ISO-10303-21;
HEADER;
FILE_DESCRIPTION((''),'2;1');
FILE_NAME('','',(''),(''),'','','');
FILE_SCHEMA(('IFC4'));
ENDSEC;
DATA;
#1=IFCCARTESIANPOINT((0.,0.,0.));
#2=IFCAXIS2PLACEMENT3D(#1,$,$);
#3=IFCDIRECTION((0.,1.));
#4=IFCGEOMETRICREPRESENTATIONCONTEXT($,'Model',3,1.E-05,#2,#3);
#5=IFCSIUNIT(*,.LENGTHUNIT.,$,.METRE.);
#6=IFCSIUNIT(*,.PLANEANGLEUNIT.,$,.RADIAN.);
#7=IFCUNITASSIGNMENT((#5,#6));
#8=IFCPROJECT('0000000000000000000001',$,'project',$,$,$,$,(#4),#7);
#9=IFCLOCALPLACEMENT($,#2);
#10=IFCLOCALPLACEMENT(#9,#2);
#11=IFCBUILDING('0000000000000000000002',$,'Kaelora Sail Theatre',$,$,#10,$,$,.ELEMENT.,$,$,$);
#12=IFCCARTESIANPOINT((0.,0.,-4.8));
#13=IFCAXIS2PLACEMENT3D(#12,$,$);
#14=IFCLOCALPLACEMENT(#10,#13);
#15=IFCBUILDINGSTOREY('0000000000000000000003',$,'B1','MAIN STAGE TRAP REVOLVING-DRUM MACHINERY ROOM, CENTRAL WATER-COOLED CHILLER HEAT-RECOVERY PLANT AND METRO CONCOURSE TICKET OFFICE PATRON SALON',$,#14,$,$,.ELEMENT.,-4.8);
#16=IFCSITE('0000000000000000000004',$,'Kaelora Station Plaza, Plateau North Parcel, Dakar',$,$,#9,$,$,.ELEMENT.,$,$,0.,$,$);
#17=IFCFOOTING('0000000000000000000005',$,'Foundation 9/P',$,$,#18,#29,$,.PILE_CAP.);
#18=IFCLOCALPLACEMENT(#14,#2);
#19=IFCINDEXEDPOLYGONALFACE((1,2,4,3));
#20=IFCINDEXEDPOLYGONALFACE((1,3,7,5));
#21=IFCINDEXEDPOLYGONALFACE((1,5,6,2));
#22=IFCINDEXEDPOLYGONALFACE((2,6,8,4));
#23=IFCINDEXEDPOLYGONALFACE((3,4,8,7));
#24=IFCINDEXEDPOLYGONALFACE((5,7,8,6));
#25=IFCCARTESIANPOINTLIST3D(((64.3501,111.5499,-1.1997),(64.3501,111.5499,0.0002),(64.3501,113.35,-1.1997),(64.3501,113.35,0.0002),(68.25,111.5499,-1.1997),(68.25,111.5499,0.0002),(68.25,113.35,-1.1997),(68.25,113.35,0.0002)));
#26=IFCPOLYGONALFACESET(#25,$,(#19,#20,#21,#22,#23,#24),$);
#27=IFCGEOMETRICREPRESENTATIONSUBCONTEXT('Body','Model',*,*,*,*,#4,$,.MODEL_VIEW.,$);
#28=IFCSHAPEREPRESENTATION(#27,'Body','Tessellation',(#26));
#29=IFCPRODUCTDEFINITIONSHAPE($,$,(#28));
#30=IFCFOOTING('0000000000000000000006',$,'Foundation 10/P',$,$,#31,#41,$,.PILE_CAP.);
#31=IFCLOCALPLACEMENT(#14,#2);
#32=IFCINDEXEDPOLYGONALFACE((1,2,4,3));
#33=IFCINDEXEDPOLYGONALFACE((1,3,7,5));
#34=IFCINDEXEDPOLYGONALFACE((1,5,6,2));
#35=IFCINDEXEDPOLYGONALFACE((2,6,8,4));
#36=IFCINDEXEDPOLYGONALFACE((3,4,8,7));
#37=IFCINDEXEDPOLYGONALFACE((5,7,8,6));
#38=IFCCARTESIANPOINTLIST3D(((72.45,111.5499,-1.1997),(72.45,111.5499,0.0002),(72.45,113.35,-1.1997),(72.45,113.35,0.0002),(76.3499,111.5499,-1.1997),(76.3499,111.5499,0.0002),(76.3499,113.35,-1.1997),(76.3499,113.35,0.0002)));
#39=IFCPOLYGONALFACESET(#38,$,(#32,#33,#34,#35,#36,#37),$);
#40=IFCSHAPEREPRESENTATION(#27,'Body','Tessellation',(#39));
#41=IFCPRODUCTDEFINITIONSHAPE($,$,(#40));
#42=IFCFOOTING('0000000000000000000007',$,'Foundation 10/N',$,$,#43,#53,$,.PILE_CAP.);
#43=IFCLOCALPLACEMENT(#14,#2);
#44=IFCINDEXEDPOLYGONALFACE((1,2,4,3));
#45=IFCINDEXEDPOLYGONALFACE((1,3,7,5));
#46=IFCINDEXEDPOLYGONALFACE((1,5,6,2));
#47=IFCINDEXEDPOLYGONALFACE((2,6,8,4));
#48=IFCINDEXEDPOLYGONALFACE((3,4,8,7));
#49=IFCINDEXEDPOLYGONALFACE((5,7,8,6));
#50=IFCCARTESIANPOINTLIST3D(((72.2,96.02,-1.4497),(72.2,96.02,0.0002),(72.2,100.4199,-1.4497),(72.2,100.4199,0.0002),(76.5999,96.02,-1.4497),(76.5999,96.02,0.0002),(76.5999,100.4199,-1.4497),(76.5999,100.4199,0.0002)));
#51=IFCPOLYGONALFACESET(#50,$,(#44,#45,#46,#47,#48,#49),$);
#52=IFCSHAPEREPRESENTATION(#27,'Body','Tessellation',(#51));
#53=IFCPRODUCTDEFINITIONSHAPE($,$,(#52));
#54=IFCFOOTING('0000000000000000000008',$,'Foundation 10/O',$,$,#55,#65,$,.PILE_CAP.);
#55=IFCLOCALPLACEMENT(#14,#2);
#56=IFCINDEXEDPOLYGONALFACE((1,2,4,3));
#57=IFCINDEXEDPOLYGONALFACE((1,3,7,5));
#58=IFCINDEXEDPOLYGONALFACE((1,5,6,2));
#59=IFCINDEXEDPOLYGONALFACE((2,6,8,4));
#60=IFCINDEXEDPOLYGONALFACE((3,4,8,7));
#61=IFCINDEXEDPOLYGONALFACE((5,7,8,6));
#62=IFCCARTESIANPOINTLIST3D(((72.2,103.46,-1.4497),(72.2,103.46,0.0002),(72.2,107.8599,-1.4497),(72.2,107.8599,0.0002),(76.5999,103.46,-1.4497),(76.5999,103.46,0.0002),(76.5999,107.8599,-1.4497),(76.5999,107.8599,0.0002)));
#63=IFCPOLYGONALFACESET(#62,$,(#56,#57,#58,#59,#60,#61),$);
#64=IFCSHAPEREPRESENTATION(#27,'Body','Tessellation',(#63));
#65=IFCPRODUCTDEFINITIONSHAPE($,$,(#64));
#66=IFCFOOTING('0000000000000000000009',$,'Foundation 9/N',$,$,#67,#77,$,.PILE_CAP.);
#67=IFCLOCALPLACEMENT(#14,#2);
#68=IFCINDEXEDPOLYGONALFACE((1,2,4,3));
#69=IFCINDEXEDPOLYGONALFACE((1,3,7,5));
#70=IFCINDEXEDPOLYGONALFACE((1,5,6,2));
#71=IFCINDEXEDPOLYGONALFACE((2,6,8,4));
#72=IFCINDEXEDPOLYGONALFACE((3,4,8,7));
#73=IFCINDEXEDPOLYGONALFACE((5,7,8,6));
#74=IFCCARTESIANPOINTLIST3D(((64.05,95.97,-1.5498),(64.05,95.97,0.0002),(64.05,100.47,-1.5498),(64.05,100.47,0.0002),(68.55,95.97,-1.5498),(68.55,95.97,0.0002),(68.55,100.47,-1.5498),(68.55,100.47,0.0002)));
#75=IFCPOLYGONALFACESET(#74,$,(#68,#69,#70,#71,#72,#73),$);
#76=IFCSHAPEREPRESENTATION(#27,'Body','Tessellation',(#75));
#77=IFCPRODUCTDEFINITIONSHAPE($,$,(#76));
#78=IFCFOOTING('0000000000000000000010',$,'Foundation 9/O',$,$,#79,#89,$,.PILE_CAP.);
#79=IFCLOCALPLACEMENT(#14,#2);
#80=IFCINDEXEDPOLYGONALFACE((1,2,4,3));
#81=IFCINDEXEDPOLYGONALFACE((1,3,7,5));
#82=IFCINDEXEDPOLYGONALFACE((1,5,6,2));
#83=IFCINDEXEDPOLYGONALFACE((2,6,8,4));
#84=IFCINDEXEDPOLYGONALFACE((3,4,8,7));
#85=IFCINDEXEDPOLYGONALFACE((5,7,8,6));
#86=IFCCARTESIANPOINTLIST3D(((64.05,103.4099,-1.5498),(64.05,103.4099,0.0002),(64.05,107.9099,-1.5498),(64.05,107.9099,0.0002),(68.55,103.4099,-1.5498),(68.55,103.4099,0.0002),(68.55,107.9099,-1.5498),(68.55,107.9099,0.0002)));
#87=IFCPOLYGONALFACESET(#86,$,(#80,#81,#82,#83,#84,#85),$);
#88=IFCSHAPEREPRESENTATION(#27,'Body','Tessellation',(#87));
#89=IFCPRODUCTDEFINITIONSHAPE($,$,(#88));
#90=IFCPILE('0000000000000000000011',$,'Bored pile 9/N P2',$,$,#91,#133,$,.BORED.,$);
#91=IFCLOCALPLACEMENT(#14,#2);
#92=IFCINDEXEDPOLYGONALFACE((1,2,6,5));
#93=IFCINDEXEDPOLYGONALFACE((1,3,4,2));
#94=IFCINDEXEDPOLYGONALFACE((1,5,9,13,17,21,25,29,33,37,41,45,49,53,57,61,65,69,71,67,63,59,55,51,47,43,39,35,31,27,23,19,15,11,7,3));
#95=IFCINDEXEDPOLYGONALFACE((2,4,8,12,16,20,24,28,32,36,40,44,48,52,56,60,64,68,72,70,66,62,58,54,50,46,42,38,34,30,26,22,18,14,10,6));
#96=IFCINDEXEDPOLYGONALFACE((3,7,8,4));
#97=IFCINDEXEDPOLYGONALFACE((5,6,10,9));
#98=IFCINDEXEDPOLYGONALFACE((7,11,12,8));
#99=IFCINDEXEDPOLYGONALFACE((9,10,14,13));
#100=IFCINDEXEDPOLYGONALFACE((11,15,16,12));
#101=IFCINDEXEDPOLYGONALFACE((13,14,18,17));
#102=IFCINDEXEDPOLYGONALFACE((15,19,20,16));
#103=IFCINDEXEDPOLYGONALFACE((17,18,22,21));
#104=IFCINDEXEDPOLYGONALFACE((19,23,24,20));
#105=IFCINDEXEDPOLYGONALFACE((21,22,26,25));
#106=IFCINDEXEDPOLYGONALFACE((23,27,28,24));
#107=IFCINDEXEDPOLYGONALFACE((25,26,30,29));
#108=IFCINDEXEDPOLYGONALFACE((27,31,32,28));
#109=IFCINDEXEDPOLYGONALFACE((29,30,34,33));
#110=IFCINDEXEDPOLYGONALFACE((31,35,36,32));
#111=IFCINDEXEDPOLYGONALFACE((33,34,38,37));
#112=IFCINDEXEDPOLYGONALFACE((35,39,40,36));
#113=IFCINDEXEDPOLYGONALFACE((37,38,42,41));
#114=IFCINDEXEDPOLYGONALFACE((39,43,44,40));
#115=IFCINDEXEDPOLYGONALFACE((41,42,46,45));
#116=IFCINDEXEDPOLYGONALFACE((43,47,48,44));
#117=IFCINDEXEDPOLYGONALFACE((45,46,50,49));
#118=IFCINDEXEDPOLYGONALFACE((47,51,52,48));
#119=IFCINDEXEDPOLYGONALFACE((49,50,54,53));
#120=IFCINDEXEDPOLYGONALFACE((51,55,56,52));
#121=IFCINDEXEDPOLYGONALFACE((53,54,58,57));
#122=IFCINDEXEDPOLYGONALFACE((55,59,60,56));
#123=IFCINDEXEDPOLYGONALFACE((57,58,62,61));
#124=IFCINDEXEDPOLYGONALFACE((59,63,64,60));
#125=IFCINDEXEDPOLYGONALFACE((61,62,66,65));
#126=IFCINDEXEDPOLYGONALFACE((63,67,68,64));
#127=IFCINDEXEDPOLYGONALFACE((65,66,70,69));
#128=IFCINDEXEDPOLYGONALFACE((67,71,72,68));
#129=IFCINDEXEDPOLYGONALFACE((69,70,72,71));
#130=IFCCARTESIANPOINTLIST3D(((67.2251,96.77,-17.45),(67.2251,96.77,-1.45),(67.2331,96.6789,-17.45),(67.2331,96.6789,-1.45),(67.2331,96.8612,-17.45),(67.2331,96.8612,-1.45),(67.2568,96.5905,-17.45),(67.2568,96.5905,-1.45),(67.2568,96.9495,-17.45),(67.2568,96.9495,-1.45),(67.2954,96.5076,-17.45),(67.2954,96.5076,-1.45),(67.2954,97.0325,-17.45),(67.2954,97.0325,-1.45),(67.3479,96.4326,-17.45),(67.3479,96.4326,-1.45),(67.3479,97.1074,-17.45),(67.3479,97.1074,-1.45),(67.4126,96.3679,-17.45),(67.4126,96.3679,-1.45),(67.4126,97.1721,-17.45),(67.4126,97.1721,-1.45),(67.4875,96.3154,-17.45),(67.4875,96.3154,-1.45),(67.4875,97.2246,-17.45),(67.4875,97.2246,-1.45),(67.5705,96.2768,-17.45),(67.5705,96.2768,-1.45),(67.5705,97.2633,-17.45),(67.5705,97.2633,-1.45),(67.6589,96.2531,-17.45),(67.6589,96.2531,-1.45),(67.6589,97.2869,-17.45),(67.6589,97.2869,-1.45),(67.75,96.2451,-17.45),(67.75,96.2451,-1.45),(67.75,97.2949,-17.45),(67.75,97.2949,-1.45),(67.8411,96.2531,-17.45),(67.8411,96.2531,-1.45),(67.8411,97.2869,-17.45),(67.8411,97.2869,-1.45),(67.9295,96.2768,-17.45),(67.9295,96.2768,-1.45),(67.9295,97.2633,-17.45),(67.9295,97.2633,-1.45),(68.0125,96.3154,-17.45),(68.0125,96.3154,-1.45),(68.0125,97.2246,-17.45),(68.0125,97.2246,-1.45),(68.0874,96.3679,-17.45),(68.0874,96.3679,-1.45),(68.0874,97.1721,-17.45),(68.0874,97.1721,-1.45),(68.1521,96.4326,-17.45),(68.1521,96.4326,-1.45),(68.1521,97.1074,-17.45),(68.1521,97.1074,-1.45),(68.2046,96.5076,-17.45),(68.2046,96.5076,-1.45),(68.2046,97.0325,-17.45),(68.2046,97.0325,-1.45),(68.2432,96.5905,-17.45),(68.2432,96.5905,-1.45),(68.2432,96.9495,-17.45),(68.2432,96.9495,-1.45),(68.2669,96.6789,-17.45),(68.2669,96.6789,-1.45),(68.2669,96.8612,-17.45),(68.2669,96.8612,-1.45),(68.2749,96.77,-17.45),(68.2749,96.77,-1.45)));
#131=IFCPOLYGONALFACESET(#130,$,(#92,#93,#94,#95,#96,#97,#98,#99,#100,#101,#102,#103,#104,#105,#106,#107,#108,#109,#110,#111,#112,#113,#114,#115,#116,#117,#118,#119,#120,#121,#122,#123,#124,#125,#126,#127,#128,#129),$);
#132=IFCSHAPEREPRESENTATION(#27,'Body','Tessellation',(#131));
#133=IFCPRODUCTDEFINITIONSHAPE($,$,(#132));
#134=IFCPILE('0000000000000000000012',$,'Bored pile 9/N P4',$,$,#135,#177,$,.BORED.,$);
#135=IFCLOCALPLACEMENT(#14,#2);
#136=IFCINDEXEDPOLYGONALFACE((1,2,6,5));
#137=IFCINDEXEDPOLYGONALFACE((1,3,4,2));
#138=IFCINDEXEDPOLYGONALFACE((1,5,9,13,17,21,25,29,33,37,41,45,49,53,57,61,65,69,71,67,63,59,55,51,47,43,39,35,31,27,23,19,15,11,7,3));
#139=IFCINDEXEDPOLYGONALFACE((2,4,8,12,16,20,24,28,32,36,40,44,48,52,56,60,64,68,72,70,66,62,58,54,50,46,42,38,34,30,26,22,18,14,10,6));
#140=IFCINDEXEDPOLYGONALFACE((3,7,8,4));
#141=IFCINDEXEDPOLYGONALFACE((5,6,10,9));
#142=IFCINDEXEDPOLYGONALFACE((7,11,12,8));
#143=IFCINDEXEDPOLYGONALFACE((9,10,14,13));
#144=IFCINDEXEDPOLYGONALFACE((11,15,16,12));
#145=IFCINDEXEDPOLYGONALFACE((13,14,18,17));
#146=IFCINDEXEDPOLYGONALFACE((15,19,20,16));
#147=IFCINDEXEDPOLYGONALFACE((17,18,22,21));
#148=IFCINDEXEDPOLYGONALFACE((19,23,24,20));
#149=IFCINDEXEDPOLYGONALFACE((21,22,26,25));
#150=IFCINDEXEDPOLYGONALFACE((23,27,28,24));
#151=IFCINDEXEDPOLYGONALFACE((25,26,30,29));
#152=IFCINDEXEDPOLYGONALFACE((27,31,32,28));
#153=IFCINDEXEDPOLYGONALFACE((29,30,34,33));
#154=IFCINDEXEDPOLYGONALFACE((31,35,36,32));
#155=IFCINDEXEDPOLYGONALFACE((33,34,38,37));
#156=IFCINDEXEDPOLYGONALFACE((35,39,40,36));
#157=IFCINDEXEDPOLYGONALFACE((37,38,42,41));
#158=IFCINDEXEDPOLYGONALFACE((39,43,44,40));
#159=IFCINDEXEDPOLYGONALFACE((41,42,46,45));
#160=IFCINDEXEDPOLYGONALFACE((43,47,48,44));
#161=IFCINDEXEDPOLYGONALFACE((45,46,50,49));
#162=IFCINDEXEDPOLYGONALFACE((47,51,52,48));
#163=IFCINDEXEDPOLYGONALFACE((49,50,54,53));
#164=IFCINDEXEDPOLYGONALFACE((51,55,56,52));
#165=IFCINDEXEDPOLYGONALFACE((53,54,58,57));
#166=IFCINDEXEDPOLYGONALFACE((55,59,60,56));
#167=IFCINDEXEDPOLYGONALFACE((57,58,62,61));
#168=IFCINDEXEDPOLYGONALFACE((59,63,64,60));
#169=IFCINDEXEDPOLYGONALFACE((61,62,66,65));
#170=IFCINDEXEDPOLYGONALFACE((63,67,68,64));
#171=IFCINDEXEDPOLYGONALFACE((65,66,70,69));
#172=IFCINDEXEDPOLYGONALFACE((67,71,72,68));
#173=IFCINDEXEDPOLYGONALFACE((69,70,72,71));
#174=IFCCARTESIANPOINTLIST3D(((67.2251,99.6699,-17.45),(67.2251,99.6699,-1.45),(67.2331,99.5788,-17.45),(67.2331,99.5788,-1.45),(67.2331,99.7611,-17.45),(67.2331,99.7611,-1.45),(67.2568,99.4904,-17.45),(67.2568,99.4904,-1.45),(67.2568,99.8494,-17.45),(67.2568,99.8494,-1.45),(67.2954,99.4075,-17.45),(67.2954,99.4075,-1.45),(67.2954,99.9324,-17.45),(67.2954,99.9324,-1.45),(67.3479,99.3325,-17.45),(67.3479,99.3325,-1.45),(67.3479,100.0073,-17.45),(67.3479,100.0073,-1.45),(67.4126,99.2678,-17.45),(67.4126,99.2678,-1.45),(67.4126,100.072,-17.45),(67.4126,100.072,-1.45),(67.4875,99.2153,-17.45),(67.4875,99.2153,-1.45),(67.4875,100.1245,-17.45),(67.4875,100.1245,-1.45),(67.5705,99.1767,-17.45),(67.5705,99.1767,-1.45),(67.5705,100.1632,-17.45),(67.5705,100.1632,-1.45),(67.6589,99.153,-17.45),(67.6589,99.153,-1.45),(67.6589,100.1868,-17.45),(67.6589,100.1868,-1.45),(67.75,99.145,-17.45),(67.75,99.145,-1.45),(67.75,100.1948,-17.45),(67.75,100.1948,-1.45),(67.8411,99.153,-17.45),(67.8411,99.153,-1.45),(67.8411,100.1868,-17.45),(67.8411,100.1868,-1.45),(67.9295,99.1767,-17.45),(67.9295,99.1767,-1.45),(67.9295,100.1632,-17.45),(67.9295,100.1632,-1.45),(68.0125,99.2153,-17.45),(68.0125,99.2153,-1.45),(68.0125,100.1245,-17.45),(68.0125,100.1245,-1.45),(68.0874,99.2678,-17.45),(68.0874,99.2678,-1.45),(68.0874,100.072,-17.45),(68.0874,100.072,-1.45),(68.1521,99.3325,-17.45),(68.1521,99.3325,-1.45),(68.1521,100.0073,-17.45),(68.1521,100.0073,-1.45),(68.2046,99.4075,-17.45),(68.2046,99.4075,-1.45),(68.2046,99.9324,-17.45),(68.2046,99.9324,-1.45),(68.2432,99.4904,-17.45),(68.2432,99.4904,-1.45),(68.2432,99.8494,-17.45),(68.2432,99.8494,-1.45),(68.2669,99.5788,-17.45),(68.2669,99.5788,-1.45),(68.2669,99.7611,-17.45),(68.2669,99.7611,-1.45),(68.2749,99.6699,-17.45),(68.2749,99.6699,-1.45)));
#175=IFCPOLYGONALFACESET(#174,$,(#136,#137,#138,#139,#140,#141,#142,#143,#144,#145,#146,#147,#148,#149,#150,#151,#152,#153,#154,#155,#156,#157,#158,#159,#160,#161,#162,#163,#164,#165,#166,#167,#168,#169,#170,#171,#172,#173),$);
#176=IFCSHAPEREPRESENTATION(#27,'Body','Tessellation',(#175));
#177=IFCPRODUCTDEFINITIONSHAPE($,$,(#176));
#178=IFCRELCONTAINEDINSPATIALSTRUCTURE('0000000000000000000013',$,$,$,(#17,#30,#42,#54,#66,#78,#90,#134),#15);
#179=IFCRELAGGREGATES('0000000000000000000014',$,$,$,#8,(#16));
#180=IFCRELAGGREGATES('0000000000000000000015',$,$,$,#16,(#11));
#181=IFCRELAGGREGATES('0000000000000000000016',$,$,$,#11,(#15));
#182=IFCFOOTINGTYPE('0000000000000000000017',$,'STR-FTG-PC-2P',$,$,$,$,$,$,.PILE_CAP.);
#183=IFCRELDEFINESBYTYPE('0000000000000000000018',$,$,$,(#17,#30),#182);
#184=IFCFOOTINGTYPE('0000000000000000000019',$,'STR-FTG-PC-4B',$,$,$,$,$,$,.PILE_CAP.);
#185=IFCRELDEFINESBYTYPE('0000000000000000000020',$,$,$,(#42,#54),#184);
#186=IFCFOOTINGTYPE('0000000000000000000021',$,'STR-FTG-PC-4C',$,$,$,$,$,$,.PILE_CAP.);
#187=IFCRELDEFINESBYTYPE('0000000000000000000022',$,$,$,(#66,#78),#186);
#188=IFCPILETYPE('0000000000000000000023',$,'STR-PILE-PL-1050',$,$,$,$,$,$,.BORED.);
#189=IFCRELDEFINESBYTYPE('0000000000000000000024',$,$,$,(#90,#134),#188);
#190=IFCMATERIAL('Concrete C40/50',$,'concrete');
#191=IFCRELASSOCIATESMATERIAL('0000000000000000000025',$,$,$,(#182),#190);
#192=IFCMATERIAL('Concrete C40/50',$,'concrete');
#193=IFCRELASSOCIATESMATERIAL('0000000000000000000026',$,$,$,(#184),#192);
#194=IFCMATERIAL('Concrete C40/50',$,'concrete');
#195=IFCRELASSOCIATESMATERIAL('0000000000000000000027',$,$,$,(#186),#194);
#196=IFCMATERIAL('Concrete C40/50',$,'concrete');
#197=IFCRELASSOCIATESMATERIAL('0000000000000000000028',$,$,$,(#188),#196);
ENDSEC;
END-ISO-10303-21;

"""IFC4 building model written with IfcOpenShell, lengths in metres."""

from ifc_helpers import new_model, si_unit, direction, frame, origin, origin_2d, place, context, subcontext, project, spatial, rectangle, circle, extrude, material, material_profile, profile_set, type_object, element, save


model = new_model("IFC4")

# Units and contexts
model_context = context("Model", 3, precision=1e-05, world=origin(), true_north=direction((0.0, 1.0)))
body_context = subcontext(model_context, "Body", "Model", "MODEL_VIEW")
ifc_project = project(units=[si_unit("LENGTHUNIT", "METRE"), si_unit("PLANEANGLEUNIT", "RADIAN")], contexts=[model_context])

# Site, building, storey
site_placement = place(None, origin())
site = spatial("IfcSite", under=ifc_project, at=site_placement, Name="Kaelora Station Plaza, Plateau North Parcel, Dakar", CompositionType="ELEMENT", RefElevation=0.0)
building_placement = place(site_placement, origin())
building = spatial("IfcBuilding", under=site, at=building_placement, Name="Kaelora Sail Theatre", CompositionType="ELEMENT")
storey_placement = place(building_placement, frame((0.0, 0.0, -4.8)))
storey = spatial("IfcBuildingStorey", under=building, at=storey_placement, Name="B1", Description="MAIN STAGE TRAP REVOLVING-DRUM MACHINERY ROOM, CENTRAL WATER-COOLED CHILLER HEAT-RECOVERY PLANT AND METRO CONCOURSE TICKET OFFICE PATRON SALON", CompositionType="ELEMENT", Elevation=-4.8)

# Footings
ifc_material_1 = material(Name="Concrete C40/50", Category="concrete")
footing_type_1 = type_object("IfcFootingType", Name="STR-FTG-PC-2P", PredefinedType="PILE_CAP", material=ifc_material_1)
for number, where, z_axis, x_axis, name in (
    (1, (66.3, 112.45, -1.1997), (0.0, 0.0, 1.0), (1.0, 0.0, 0.0), "Foundation 9/P"),
    (2, (74.3999, 112.45, -1.1997), (0.0, 0.0, 1.0), (1.0, 0.0, 0.0), "Foundation 10/P"),
):
    element("IfcFooting", number, at=place(storey_placement, frame(where, z_axis=z_axis, x_axis=x_axis)), inside=storey, type_object=footing_type_1, Name=name, PredefinedType="PILE_CAP", context=body_context, shape_type="SweptSolid", body=[
        extrude(rectangle(XDim=3.8999, YDim=1.8, at=origin_2d()), origin(), (0.0, 0.0, 1.0), 1.2),
    ])
ifc_material_2 = material(Name="Concrete C40/50", Category="concrete")
footing_type_2 = type_object("IfcFootingType", Name="STR-FTG-PC-4B", PredefinedType="PILE_CAP", material=ifc_material_2)
for number, where, z_axis, x_axis, name in (
    (3, (74.3999, 98.22, -1.4497), (0.0, 0.0, 1.0), (1.0, 0.0, 0.0), "Foundation 10/N"),
    (4, (74.3999, 105.6599, -1.4497), (0.0, 0.0, 1.0), (1.0, 0.0, 0.0), "Foundation 10/O"),
):
    element("IfcFooting", number, at=place(storey_placement, frame(where, z_axis=z_axis, x_axis=x_axis)), inside=storey, type_object=footing_type_2, Name=name, PredefinedType="PILE_CAP", context=body_context, shape_type="SweptSolid", body=[
        extrude(rectangle(XDim=4.3999, YDim=4.3999, at=origin_2d()), origin(), (0.0, 0.0, 1.0), 1.45),
    ])
ifc_material_3 = material(Name="Concrete C40/50", Category="concrete")
footing_type_3 = type_object("IfcFootingType", Name="STR-FTG-PC-4C", PredefinedType="PILE_CAP", material=ifc_material_3)
for number, where, z_axis, x_axis, name in (
    (5, (66.3, 98.22, -1.5498), (0.0, 0.0, 1.0), (1.0, 0.0, 0.0), "Foundation 9/N"),
    (6, (66.3, 105.6599, -1.5498), (0.0, 0.0, 1.0), (1.0, 0.0, 0.0), "Foundation 9/O"),
):
    element("IfcFooting", number, at=place(storey_placement, frame(where, z_axis=z_axis, x_axis=x_axis)), inside=storey, type_object=footing_type_3, Name=name, PredefinedType="PILE_CAP", context=body_context, shape_type="SweptSolid", body=[
        extrude(rectangle(XDim=4.5, YDim=4.5, at=origin_2d()), origin(), (0.0, 0.0, 1.0), 1.55),
    ])

# Piles
ifc_material_4 = material(Name="Concrete C40/50", Category="concrete")
ifc_material_profile_1 = material_profile(ifc_material_4, circle(Radius=0.5249, at=origin_2d()), Name="PILE D1050")
ifc_profile_set_1 = profile_set([ifc_material_profile_1], Name="Concrete C40/50")
pile_type_1 = type_object("IfcPileType", Name="STR-PILE-PL-1050", PredefinedType="BORED", material=ifc_profile_set_1)
for number, where, z_axis, x_axis, name in (
    (7, (67.75, 96.77, -1.45), (0.0, 0.0, -1.0), (1.0, 0.0, 0.0), "Bored pile 9/N P2"),
    (8, (67.75, 99.6699, -1.45), (0.0, 0.0, -1.0), (1.0, 0.0, 0.0), "Bored pile 9/N P4"),
):
    element("IfcPile", number, at=place(storey_placement, frame(where, z_axis=z_axis, x_axis=x_axis)), inside=storey, type_object=pile_type_1, Name=name, PredefinedType="BORED", context=body_context, shape_type="SweptSolid", body=[
        extrude(circle(Radius=0.5249, at=origin_2d()), origin(), (0.0, 0.0, 1.0), 16.0),
    ])

save(model, "model.ifc")
